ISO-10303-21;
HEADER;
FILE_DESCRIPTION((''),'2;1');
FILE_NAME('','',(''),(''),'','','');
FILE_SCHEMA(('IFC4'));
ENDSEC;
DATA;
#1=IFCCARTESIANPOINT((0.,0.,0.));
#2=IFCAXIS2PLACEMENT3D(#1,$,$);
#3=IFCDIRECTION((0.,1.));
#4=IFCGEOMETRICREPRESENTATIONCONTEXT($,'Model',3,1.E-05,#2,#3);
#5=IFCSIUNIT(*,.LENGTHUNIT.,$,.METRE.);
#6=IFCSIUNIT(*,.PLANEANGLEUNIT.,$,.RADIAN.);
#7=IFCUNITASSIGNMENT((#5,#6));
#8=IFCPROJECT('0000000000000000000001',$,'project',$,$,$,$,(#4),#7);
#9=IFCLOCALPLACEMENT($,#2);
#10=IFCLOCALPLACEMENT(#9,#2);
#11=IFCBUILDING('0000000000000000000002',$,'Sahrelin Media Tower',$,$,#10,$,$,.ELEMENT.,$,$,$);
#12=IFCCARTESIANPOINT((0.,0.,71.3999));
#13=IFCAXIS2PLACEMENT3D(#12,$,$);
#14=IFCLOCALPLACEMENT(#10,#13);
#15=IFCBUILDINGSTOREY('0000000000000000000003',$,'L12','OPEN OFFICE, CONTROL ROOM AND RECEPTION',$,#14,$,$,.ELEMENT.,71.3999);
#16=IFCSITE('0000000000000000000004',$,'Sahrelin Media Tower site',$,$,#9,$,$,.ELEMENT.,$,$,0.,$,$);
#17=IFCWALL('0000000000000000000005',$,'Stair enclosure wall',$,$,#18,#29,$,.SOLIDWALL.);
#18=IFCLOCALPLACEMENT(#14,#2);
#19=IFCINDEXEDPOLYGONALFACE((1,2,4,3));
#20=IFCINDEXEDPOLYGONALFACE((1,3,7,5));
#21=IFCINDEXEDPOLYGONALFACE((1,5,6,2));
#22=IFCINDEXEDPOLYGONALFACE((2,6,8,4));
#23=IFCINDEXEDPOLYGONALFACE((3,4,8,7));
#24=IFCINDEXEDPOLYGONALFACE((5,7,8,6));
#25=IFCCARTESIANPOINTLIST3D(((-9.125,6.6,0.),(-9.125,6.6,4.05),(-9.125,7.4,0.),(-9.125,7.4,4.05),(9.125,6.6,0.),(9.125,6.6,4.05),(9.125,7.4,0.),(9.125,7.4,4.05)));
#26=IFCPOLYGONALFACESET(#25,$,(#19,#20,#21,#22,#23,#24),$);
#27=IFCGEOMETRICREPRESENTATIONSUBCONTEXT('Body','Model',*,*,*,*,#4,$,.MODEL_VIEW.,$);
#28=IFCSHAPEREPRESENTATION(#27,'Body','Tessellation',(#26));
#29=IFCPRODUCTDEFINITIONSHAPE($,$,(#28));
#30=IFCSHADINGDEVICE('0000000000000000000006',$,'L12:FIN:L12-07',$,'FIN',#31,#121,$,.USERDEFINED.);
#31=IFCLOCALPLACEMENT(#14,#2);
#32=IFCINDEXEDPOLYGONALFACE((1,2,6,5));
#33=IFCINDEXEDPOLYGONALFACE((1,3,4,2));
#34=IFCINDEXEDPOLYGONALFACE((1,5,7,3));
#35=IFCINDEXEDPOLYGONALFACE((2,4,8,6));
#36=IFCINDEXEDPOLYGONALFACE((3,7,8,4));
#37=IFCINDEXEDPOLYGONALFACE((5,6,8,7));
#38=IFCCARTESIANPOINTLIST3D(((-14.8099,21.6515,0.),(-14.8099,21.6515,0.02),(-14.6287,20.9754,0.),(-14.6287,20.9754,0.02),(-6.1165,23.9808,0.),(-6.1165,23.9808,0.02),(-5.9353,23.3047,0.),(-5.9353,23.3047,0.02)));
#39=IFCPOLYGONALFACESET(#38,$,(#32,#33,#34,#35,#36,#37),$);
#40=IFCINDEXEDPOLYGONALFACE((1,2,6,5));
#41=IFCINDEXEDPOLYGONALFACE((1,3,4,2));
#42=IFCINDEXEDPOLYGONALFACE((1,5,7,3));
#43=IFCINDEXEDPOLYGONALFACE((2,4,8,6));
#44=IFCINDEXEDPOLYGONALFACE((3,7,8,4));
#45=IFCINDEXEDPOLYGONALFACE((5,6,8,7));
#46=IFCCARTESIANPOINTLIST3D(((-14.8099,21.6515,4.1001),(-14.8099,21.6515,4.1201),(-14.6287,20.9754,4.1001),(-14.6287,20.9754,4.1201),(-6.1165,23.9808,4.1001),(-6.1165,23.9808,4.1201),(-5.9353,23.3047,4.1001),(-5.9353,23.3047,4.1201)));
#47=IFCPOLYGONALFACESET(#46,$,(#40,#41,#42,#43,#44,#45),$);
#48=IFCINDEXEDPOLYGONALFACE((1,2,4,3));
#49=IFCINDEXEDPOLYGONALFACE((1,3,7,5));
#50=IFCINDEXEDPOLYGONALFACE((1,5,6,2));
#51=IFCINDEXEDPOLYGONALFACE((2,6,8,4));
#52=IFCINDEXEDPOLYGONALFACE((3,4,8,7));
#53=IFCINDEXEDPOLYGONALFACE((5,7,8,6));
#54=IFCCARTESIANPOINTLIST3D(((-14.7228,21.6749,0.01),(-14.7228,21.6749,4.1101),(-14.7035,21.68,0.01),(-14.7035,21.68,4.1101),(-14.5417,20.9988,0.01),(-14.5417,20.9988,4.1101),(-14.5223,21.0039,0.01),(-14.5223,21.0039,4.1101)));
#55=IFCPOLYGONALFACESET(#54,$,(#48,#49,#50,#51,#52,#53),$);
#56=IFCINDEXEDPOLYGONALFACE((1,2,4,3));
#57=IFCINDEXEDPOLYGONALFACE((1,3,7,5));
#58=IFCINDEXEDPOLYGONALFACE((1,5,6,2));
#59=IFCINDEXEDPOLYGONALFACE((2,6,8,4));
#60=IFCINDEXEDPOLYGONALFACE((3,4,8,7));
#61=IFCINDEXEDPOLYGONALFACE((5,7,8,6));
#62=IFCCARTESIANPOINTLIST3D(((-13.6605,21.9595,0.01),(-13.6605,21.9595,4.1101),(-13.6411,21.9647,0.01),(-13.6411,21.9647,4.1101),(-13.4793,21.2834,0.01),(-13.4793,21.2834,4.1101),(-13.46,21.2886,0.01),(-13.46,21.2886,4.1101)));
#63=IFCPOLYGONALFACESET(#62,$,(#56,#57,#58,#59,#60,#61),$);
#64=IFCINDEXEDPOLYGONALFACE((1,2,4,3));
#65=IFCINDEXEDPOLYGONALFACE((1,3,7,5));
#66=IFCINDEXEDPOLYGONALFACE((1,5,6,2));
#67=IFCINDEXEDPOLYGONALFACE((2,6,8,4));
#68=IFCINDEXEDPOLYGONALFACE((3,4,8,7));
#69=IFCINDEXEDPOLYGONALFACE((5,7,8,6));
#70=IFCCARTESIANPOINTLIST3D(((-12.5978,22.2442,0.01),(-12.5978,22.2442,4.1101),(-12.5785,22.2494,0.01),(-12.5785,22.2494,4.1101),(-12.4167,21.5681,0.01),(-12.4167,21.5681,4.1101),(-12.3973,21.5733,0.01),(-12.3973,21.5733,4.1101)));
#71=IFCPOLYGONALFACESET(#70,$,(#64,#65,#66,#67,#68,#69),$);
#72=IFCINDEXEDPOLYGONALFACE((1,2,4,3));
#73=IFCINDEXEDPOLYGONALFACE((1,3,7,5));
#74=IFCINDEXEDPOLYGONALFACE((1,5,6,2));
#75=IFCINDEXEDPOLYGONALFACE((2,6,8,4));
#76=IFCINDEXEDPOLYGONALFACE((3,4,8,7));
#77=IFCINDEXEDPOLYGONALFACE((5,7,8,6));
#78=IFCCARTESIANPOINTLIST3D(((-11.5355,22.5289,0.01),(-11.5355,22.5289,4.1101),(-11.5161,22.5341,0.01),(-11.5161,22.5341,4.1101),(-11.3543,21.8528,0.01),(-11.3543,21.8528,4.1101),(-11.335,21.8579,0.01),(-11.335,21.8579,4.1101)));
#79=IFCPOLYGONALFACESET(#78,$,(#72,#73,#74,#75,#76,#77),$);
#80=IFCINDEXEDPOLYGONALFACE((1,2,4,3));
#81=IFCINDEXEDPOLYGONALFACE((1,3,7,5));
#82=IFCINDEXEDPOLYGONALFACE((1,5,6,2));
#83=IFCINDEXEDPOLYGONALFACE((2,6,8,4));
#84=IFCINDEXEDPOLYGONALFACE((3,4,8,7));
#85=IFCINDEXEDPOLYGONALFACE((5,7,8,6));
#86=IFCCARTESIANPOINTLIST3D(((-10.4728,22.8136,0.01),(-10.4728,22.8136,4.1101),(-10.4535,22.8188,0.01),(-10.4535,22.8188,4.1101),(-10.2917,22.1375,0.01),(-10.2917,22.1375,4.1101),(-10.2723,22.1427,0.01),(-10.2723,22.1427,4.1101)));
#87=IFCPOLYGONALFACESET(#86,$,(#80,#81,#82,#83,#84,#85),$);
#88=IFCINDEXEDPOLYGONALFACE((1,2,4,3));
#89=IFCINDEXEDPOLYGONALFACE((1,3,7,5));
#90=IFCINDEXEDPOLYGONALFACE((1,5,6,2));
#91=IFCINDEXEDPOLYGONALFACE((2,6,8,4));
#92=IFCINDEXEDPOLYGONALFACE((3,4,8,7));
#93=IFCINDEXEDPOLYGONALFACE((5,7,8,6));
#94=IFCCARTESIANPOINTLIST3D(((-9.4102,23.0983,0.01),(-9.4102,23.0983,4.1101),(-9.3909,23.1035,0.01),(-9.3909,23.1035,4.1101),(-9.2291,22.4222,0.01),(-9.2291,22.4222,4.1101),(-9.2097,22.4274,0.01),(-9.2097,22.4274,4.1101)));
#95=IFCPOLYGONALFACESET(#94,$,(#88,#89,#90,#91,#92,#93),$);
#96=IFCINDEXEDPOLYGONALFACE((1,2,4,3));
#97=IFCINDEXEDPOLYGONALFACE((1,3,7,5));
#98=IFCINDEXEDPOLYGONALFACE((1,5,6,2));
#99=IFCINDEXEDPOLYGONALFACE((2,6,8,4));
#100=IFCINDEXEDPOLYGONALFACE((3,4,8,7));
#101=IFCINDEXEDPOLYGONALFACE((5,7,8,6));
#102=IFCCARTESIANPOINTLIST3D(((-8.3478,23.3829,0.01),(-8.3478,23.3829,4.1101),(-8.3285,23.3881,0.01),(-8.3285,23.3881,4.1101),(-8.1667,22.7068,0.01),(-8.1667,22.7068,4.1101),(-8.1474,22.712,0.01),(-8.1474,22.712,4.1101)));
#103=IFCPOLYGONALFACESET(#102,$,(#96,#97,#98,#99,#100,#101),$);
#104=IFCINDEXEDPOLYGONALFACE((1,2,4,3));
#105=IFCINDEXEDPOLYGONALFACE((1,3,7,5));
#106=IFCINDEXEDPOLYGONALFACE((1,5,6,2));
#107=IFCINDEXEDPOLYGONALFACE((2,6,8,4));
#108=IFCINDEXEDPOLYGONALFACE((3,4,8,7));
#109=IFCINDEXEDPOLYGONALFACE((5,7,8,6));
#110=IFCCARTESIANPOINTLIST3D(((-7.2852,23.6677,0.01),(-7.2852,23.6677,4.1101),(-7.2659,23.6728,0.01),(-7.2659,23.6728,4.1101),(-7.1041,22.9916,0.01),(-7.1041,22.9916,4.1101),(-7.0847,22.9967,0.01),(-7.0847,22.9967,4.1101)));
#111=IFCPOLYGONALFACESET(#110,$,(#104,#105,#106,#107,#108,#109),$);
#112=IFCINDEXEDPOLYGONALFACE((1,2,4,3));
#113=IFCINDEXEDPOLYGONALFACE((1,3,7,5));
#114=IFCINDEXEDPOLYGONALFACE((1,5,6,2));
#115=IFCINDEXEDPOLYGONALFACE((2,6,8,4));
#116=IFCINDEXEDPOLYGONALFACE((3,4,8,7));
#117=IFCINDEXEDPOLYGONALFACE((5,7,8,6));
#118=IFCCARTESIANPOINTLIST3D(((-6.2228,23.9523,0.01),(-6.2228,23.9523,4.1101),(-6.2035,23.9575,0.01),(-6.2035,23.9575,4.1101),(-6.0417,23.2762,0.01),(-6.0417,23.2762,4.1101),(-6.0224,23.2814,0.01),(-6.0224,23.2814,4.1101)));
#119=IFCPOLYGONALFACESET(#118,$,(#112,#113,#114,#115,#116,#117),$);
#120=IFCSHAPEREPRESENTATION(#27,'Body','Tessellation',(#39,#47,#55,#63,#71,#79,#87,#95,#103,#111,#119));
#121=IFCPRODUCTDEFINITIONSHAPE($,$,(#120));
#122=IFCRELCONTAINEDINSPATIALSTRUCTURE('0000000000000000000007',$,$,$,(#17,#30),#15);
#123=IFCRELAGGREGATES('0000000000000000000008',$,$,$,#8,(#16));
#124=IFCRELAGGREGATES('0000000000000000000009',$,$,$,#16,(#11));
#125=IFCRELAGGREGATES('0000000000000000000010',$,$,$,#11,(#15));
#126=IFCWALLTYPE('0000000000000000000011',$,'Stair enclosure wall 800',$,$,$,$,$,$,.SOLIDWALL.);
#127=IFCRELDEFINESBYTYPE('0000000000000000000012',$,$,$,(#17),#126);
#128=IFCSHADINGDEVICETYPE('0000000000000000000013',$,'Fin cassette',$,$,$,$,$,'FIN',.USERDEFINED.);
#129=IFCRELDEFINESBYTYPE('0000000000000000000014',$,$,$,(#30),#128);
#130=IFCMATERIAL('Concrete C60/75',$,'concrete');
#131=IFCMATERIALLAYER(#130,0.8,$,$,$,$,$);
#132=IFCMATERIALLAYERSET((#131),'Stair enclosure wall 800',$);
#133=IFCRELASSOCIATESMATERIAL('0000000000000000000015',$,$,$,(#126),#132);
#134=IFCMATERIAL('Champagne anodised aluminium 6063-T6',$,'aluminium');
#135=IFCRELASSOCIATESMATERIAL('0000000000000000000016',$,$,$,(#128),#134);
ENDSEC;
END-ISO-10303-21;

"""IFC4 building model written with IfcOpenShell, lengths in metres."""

from ifc_helpers import new_model, si_unit, direction, frame, frame_2d, origin, origin_2d, place, context, subcontext, project, spatial, rectangle, extrude, material, layer, layer_set, type_object, element, save


model = new_model("IFC4")

# Units and contexts
model_context = context("Model", 3, precision=1e-05, world=origin(), true_north=direction((0.0, 1.0)))
body_context = subcontext(model_context, "Body", "Model", "MODEL_VIEW")
ifc_project = project(units=[si_unit("LENGTHUNIT", "METRE"), si_unit("PLANEANGLEUNIT", "RADIAN")], contexts=[model_context])

# Site, building, storey
site_placement = place(None, origin())
site = spatial("IfcSite", under=ifc_project, at=site_placement, Name="Sahrelin Media Tower site", CompositionType="ELEMENT", RefElevation=0.0)
building_placement = place(site_placement, origin())
building = spatial("IfcBuilding", under=site, at=building_placement, Name="Sahrelin Media Tower", CompositionType="ELEMENT")
storey_placement = place(building_placement, frame((0.0, 0.0, 71.3999)))
storey = spatial("IfcBuildingStorey", under=building, at=storey_placement, Name="L12", Description="OPEN OFFICE, CONTROL ROOM AND RECEPTION", CompositionType="ELEMENT", Elevation=71.3999)

# Shared definitions
ifc_material_1 = material(Name="Champagne anodised aluminium 6063-T6", Category="aluminium")

# Shared definitions
ifc_material_2 = material(Name="Concrete C60/75", Category="concrete")

# Wall
ifc_layer_1 = layer(ifc_material_2, 0.8)
ifc_layer_set_1 = layer_set([ifc_layer_1], Name="Stair enclosure wall 800")
wall_type_1 = type_object("IfcWallType", Name="Stair enclosure wall 800", PredefinedType="SOLIDWALL", material=ifc_layer_set_1)
wall_1_placement = place(storey_placement, frame((-9.125, 7.0, 0.0), z_axis=(0.0, 0.0, 1.0), x_axis=(1.0, 0.0, 0.0)))
element("IfcWall", 1, at=wall_1_placement, inside=storey, type_object=wall_type_1, Name="Stair enclosure wall", PredefinedType="SOLIDWALL", context=body_context, shape_type="SweptSolid", body=[
    extrude(rectangle(XDim=18.25, YDim=0.8, at=frame_2d((9.125, 0.0))), origin(), (0.0, 0.0, 1.0), 4.05),
])

# Shading device
shading_device_type_1 = type_object("IfcShadingDeviceType", Name="Fin cassette", ElementType="FIN", PredefinedType="USERDEFINED", material=ifc_material_1)
placement = place(storey_placement, frame((-10.2639, 22.0725, 0.0), z_axis=(0.0, 0.0, 1.0), x_axis=(0.965929, 0.258808, 0.0)))
element("IfcShadingDevice", 2, at=placement, inside=storey, type_object=shading_device_type_1, Name="L12:FIN:L12-07", ObjectType="FIN", PredefinedType="USERDEFINED", context=body_context, shape_type="SweptSolid", body=[
    extrude(rectangle(XDim=9.0, YDim=0.7, at=origin_2d()), frame((0.0, 0.4199, 0.0)), (0.0, 0.0, 1.0), 0.02),
    extrude(rectangle(XDim=9.0, YDim=0.7, at=origin_2d()), frame((0.0, 0.4199, 4.1001)), (0.0, 0.0, 1.0), 0.02),
    extrude(rectangle(XDim=0.02, YDim=0.7, at=origin_2d()), frame((-4.3999, 0.4199, 0.01), z_axis=(0.0, 0.0, 1.0), x_axis=(1.0, 0.0, 0.0)), (0.0, 0.0, 1.0), 4.1001),
    extrude(rectangle(XDim=0.02, YDim=0.7, at=origin_2d()), frame((-3.3, 0.4199, 0.01), z_axis=(0.0, 0.0, 1.0), x_axis=(1.0, 0.0, 0.0)), (0.0, 0.0, 1.0), 4.1001),
    extrude(rectangle(XDim=0.02, YDim=0.7, at=origin_2d()), frame((-2.2, 0.4199, 0.01), z_axis=(0.0, 0.0, 1.0), x_axis=(1.0, 0.0, 0.0)), (0.0, 0.0, 1.0), 4.1001),
    extrude(rectangle(XDim=0.02, YDim=0.7, at=origin_2d()), frame((-1.1001, 0.4199, 0.01), z_axis=(0.0, 0.0, 1.0), x_axis=(1.0, 0.0, 0.0)), (0.0, 0.0, 1.0), 4.1001),
    extrude(rectangle(XDim=0.02, YDim=0.7, at=origin_2d()), frame((0.0, 0.4199, 0.01), z_axis=(0.0, 0.0, 1.0), x_axis=(1.0, 0.0, 0.0)), (0.0, 0.0, 1.0), 4.1001),
    extrude(rectangle(XDim=0.02, YDim=0.7, at=origin_2d()), frame((1.1001, 0.4199, 0.01), z_axis=(0.0, 0.0, 1.0), x_axis=(1.0, 0.0, 0.0)), (0.0, 0.0, 1.0), 4.1001),
    extrude(rectangle(XDim=0.02, YDim=0.7, at=origin_2d()), frame((2.2, 0.4199, 0.01), z_axis=(0.0, 0.0, 1.0), x_axis=(1.0, 0.0, 0.0)), (0.0, 0.0, 1.0), 4.1001),
    extrude(rectangle(XDim=0.02, YDim=0.7, at=origin_2d()), frame((3.3, 0.4199, 0.01), z_axis=(0.0, 0.0, 1.0), x_axis=(1.0, 0.0, 0.0)), (0.0, 0.0, 1.0), 4.1001),
    extrude(rectangle(XDim=0.02, YDim=0.7, at=origin_2d()), frame((4.3999, 0.4199, 0.01), z_axis=(0.0, 0.0, 1.0), x_axis=(1.0, 0.0, 0.0)), (0.0, 0.0, 1.0), 4.1001),
])

save(model, "model.ifc")
